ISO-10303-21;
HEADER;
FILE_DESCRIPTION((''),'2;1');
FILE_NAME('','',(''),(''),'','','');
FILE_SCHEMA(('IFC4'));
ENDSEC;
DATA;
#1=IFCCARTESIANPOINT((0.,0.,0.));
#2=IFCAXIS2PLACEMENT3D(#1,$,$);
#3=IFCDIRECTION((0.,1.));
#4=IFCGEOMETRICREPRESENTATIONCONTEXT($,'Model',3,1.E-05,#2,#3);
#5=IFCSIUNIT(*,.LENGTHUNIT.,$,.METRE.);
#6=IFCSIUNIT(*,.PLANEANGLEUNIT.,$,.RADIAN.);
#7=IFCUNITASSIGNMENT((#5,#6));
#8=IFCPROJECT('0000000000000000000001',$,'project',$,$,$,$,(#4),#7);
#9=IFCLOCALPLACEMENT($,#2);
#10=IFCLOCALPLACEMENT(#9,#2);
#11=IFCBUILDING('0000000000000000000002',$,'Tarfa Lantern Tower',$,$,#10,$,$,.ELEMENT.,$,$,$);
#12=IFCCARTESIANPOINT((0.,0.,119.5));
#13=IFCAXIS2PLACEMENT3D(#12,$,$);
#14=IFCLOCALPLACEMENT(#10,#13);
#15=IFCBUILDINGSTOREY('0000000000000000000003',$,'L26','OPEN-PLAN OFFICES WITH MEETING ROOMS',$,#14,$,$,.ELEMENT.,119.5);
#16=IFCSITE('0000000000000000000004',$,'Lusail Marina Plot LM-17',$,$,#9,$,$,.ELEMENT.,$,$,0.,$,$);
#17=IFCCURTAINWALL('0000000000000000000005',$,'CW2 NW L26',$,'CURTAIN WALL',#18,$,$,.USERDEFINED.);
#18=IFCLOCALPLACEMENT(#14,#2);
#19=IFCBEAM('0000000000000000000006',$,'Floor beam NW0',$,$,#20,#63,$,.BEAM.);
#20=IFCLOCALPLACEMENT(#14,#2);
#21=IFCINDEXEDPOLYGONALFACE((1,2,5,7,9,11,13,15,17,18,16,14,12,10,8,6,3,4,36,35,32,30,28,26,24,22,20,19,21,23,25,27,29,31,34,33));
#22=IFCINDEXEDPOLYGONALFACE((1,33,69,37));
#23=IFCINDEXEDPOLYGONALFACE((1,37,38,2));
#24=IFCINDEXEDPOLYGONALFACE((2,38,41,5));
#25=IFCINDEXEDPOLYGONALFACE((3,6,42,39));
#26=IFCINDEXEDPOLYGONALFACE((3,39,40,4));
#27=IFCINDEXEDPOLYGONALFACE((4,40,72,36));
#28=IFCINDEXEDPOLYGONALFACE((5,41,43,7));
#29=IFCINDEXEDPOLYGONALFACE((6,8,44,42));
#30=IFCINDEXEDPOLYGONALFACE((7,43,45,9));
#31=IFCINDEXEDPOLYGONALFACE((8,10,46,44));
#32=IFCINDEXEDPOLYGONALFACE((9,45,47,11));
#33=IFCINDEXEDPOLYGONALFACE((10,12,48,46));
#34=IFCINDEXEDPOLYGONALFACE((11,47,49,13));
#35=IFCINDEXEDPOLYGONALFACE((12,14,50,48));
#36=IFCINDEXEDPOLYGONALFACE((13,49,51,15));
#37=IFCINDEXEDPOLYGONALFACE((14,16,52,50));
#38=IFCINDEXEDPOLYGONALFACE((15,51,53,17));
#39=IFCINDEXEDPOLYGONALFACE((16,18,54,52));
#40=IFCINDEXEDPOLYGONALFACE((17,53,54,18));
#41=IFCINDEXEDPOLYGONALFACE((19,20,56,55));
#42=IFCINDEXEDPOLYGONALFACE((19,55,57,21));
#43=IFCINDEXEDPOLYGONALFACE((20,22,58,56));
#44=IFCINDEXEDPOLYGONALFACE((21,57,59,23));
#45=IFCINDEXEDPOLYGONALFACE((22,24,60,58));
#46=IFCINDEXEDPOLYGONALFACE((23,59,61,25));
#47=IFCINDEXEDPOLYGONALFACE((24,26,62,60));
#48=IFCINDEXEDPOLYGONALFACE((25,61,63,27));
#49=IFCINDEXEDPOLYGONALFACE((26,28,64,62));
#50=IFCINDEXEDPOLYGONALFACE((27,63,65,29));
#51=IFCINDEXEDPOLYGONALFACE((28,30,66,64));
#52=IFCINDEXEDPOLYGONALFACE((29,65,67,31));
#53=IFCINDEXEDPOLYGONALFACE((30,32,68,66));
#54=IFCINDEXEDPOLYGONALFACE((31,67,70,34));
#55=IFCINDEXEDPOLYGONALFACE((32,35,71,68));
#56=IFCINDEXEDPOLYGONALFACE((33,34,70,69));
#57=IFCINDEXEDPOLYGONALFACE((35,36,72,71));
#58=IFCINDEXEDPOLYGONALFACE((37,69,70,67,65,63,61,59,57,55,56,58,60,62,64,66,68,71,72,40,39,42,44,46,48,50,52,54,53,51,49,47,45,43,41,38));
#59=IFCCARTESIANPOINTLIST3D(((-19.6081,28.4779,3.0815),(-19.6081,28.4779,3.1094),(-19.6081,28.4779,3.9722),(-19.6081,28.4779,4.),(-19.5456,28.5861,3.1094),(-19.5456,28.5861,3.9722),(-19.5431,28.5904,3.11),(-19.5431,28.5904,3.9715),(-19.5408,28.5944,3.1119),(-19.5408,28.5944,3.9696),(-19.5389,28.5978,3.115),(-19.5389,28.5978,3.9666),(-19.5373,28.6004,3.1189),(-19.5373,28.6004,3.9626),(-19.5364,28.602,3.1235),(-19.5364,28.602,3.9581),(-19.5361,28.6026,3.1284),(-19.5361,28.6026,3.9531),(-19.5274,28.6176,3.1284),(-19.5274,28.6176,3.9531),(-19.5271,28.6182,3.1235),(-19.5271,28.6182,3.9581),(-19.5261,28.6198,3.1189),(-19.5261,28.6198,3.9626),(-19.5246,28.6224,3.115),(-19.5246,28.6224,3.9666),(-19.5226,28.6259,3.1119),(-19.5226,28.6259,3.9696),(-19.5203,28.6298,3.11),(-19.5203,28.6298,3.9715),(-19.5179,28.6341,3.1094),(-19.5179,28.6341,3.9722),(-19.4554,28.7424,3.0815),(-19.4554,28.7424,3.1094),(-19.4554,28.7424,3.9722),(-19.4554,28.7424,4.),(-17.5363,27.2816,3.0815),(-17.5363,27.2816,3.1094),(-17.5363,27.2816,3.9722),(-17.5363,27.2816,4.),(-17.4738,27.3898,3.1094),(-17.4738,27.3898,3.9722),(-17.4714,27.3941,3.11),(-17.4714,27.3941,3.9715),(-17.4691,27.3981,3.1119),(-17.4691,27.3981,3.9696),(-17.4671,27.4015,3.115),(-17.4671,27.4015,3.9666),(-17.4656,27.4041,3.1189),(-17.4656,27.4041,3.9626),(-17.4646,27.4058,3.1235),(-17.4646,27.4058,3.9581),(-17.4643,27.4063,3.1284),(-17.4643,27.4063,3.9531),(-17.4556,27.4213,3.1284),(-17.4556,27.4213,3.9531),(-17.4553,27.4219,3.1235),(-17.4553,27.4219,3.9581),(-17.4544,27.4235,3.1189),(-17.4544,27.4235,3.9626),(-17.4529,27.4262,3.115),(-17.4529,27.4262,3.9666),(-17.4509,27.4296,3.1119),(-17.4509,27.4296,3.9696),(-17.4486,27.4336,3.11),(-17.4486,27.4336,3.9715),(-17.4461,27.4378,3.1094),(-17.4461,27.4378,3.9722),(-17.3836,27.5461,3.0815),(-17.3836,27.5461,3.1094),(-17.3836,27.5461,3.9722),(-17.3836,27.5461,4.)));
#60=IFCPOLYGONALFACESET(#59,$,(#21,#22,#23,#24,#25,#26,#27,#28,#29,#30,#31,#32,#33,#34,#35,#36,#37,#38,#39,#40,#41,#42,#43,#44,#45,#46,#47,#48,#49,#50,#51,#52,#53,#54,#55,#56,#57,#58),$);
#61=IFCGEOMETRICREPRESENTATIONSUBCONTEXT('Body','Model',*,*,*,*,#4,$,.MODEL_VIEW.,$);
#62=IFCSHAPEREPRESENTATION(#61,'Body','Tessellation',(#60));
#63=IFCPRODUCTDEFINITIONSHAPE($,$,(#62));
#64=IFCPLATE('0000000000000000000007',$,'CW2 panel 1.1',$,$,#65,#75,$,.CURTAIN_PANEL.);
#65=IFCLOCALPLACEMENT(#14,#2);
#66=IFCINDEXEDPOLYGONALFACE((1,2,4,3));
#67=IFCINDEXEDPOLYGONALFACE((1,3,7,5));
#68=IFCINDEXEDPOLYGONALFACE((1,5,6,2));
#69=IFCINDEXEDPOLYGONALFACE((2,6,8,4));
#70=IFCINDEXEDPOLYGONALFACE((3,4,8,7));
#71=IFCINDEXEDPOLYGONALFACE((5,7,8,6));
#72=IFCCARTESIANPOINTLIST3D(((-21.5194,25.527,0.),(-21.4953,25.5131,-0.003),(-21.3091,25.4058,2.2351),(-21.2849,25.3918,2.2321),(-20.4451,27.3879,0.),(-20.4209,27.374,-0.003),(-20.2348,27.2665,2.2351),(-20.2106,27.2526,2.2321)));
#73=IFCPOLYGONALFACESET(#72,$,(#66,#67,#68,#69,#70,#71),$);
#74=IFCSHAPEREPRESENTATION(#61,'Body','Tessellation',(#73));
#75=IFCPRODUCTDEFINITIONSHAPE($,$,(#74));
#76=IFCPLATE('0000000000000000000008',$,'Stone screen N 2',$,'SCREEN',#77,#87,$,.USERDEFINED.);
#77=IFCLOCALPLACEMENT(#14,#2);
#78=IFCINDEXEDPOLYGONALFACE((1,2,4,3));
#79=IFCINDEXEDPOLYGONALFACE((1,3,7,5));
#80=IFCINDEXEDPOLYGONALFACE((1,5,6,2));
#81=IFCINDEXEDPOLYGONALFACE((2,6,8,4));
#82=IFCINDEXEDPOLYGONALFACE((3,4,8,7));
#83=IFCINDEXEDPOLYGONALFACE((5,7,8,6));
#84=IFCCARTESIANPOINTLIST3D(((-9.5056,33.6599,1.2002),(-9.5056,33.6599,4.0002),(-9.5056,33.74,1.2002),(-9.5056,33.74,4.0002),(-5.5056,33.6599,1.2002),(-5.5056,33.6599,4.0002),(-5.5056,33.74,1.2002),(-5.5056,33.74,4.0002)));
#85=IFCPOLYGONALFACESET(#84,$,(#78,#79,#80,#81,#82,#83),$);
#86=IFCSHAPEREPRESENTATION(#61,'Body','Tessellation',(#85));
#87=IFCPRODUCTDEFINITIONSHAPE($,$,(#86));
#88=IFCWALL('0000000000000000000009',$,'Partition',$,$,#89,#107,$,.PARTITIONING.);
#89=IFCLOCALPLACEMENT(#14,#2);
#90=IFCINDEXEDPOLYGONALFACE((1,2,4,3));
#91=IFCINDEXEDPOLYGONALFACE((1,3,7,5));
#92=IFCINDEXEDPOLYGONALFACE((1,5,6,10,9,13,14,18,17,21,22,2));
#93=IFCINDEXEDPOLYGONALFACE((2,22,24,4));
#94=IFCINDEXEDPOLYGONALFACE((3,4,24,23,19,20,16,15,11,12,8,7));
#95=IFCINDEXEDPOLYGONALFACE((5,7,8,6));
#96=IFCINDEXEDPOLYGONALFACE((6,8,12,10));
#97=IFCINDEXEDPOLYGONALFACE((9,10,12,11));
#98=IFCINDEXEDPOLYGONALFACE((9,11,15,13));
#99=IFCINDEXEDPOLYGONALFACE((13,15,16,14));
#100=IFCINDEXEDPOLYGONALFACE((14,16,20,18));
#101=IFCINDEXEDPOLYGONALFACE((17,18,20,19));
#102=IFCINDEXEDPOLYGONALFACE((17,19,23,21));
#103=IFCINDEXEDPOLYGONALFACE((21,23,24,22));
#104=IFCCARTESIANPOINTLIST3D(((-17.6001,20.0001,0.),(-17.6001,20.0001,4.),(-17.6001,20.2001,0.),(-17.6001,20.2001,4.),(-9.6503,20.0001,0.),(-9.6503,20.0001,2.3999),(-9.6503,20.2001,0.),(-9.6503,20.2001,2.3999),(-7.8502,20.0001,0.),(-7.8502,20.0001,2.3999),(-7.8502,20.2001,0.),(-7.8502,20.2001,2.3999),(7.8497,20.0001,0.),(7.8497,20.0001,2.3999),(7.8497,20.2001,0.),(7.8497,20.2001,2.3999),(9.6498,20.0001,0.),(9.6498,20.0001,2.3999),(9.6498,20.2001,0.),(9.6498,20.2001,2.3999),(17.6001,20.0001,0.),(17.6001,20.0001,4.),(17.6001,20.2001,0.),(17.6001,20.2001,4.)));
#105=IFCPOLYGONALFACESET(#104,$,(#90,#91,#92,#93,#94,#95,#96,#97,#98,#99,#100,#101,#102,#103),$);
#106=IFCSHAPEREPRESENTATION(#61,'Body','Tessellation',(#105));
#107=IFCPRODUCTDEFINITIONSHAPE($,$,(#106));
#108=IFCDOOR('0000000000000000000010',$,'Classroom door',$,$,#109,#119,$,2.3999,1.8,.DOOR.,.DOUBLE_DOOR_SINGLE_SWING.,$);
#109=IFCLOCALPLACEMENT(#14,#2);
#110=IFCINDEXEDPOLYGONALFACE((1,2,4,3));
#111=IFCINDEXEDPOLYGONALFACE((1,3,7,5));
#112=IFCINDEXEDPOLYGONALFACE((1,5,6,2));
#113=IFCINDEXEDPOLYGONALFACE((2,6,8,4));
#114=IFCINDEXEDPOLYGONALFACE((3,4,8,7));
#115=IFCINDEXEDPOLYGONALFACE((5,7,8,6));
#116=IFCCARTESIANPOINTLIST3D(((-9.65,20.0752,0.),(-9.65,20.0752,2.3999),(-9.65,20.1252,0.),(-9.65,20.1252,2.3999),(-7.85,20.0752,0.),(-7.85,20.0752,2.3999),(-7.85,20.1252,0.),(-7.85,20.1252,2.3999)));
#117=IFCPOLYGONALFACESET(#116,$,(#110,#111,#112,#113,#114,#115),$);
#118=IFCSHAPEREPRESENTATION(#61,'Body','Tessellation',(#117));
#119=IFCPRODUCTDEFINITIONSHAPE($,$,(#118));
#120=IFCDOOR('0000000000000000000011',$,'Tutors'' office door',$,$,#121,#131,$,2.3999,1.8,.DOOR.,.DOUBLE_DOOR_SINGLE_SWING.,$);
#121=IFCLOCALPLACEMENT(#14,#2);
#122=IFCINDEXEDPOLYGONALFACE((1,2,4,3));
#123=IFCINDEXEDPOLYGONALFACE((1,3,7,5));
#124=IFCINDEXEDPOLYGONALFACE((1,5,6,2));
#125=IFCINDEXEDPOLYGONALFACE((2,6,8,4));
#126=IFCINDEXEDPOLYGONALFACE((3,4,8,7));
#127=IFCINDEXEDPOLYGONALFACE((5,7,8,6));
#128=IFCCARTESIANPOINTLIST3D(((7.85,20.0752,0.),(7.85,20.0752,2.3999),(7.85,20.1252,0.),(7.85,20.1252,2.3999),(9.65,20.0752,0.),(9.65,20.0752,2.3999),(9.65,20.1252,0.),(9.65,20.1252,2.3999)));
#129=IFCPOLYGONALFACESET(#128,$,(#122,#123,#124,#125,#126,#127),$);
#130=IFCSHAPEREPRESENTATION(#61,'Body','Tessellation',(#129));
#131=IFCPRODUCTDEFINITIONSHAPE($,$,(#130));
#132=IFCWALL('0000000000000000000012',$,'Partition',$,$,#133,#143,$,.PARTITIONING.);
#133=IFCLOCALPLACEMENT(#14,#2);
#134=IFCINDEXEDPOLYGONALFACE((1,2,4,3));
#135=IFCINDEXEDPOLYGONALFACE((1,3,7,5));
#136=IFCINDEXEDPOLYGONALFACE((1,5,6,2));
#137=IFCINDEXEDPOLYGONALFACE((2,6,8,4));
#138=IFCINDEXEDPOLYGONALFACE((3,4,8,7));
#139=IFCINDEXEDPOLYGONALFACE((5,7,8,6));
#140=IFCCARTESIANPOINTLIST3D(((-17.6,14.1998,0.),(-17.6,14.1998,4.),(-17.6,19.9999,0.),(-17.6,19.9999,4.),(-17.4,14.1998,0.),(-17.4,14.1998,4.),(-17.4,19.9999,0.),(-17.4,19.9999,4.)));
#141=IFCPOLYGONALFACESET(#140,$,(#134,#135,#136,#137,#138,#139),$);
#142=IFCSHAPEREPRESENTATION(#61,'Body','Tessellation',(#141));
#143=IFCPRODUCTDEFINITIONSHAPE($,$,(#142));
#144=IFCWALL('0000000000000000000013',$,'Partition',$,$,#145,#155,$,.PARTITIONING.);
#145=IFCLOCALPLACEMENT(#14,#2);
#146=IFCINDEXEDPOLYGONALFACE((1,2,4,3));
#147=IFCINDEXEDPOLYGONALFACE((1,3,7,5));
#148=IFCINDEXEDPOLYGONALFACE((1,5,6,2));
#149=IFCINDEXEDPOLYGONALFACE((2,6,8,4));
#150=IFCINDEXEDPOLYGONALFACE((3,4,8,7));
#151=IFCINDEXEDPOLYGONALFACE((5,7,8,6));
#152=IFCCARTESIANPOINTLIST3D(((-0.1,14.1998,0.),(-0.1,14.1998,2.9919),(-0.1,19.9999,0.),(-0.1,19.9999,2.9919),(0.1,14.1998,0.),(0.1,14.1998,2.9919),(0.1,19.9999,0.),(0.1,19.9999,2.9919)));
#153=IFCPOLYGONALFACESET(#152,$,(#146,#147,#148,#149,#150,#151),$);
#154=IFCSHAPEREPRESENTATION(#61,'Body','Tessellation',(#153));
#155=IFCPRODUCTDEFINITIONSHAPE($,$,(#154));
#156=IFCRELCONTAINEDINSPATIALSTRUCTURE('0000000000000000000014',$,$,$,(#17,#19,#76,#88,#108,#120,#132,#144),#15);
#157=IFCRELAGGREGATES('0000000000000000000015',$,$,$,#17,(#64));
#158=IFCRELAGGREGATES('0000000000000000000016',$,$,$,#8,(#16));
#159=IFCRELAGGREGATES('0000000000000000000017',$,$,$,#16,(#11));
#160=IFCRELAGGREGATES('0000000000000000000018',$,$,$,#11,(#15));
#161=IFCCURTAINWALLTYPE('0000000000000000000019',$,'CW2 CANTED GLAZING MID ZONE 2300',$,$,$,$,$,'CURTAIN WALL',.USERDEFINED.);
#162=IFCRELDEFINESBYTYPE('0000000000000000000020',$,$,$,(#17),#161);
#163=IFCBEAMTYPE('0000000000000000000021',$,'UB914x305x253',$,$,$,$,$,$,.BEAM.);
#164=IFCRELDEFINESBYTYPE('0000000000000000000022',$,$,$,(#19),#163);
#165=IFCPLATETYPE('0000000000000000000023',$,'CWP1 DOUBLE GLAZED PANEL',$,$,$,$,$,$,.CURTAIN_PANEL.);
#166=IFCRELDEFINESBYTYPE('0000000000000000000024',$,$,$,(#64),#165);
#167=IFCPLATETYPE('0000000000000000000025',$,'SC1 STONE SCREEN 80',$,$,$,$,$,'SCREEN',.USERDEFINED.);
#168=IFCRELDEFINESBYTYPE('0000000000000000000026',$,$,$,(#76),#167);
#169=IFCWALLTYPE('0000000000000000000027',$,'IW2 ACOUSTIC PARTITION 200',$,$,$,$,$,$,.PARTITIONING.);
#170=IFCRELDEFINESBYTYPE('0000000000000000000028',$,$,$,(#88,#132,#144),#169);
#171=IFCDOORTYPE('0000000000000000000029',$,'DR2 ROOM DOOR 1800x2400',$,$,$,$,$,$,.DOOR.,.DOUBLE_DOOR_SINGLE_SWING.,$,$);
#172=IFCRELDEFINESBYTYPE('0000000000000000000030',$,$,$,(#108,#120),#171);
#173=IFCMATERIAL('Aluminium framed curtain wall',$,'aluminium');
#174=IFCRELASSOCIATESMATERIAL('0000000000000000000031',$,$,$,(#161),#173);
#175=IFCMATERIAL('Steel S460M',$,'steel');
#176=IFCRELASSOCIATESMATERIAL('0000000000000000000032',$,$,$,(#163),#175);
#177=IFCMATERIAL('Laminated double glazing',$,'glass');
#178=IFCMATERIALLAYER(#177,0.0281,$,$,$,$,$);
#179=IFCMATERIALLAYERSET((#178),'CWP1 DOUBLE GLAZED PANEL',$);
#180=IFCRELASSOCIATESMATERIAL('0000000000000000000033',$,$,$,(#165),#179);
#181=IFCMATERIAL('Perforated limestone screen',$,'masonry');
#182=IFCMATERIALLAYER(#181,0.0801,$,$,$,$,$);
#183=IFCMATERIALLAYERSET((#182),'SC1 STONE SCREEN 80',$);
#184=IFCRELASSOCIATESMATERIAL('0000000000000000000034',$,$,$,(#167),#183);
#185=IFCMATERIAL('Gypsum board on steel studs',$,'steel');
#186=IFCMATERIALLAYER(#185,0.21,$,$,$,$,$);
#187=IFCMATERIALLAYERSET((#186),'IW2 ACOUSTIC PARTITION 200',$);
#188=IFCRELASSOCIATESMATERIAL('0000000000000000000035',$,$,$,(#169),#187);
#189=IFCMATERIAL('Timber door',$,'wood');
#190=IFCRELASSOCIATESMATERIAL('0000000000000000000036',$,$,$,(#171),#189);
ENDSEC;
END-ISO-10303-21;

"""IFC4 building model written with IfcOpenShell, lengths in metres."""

from ifc_helpers import new_model, si_unit, direction, frame, frame_2d, origin, origin_2d, place, context, subcontext, project, spatial, polyline, rectangle, i_section, outline, extrude, material, layer, layer_set, material_profile, profile_set, type_object, element, fill, aggregate, save


model = new_model("IFC4")

# Units and contexts
model_context = context("Model", 3, precision=1e-05, world=origin(), true_north=direction((0.0, 1.0)))
body_context = subcontext(model_context, "Body", "Model", "MODEL_VIEW")
ifc_project = project(units=[si_unit("LENGTHUNIT", "METRE"), si_unit("PLANEANGLEUNIT", "RADIAN")], contexts=[model_context])

# Site, building, storey
site_placement = place(None, origin())
site = spatial("IfcSite", under=ifc_project, at=site_placement, Name="Lusail Marina Plot LM-17", CompositionType="ELEMENT", RefElevation=0.0)
building_placement = place(site_placement, origin())
building = spatial("IfcBuilding", under=site, at=building_placement, Name="Tarfa Lantern Tower", CompositionType="ELEMENT")
storey_placement = place(building_placement, frame((0.0, 0.0, 119.5)))
storey = spatial("IfcBuildingStorey", under=building, at=storey_placement, Name="L26", Description="OPEN-PLAN OFFICES WITH MEETING ROOMS", CompositionType="ELEMENT", Elevation=119.5)

# Curtain wall
ifc_material_1 = material(Name="Aluminium framed curtain wall", Category="aluminium")
curtain_wall_type = type_object("IfcCurtainWallType", Name="CW2 CANTED GLAZING MID ZONE 2300", ElementType="CURTAIN WALL", PredefinedType="USERDEFINED", material=ifc_material_1)
curtain_wall_placement = place(storey_placement, origin())
curtain_wall = element("IfcCurtainWall", 1, at=curtain_wall_placement, inside=storey, type_object=curtain_wall_type, Name="CW2 NW L26", ObjectType="CURTAIN WALL", PredefinedType="USERDEFINED")

# Beam
ifc_material_2 = material(Name="Steel S460M", Category="steel")
ifc_material_profile_1 = material_profile(ifc_material_2, i_section(OverallWidth=0.3054, OverallDepth=0.9185, WebThickness=0.0173, FlangeThickness=0.0278, FilletRadius=0.019, at=origin_2d()), Name="UB914x305x253")
ifc_profile_set_1 = profile_set([ifc_material_profile_1], Name="Steel S460M")
beam_type_1 = type_object("IfcBeamType", Name="UB914x305x253", PredefinedType="BEAM", material=ifc_profile_set_1)
beam_1_placement = place(storey_placement, frame((-19.5317, 28.6101, 3.5408), z_axis=(0.865999, -0.500046, 0.0), x_axis=(0.500046, 0.865999, 0.0)))
element("IfcBeam", 2, at=beam_1_placement, inside=storey, type_object=beam_type_1, Name="Floor beam NW0", PredefinedType="BEAM", context=body_context, shape_type="SweptSolid", body=[
    extrude(i_section(OverallWidth=0.3054, OverallDepth=0.9185, WebThickness=0.0173, FlangeThickness=0.0278, FilletRadius=0.019, at=origin_2d()), origin(), (0.0, 0.0, 1.0), 2.3923),
])

# Plates
ifc_material_3 = material(Name="Laminated double glazing", Category="glass")
ifc_layer_1 = layer(ifc_material_3, 0.0281)
ifc_layer_set_1 = layer_set([ifc_layer_1], Name="CWP1 DOUBLE GLAZED PANEL")
plate_type_1 = type_object("IfcPlateType", Name="CWP1 DOUBLE GLAZED PANEL", PredefinedType="CURTAIN_PANEL", material=ifc_layer_set_1)
plate_1_placement = place(storey_placement, frame((-20.4451, 27.3879, 0.0), z_axis=(-0.860963, 0.49707, 0.108003), x_axis=(-0.499995, -0.866028, -0.000005)))
plate_1 = element("IfcPlate", 3, at=plate_1_placement, type_object=plate_type_1, Name="CW2 panel 1.1", PredefinedType="CURTAIN_PANEL", context=body_context, shape_type="SweptSolid", body=[
    extrude(outline(polyline([(0.0, 0.0), (2.1488, 0.0), (2.1486, 2.2483), (0.0, 2.2482), (0.0, 0.0)])), origin(), (0.0, 0.0, -1.0), 0.0281),
])
aggregate(curtain_wall, [plate_1])
ifc_material_4 = material(Name="Perforated limestone screen", Category="masonry")
ifc_layer_2 = layer(ifc_material_4, 0.0801)
ifc_layer_set_2 = layer_set([ifc_layer_2], Name="SC1 STONE SCREEN 80")
plate_type_2 = type_object("IfcPlateType", Name="SC1 STONE SCREEN 80", ElementType="SCREEN", PredefinedType="USERDEFINED", material=ifc_layer_set_2)
plate_2_placement = place(storey_placement, frame((-7.5056, 33.7, 1.2002), z_axis=(0.0, 0.0, 1.0), x_axis=(-1.0, 0.0, 0.0)))
element("IfcPlate", 4, at=plate_2_placement, inside=storey, type_object=plate_type_2, Name="Stone screen N 2", ObjectType="SCREEN", PredefinedType="USERDEFINED", context=body_context, shape_type="SweptSolid", body=[
    extrude(rectangle(XDim=4.0, YDim=0.0801, at=origin_2d()), origin(), (0.0, 0.0, 1.0), 2.8),
])

# Wall, openings, doors
ifc_material_5 = material(Name="Gypsum board on steel studs", Category="steel")
ifc_layer_3 = layer(ifc_material_5, 0.21)
ifc_layer_set_3 = layer_set([ifc_layer_3], Name="IW2 ACOUSTIC PARTITION 200")
wall_type = type_object("IfcWallType", Name="IW2 ACOUSTIC PARTITION 200", PredefinedType="PARTITIONING", material=ifc_layer_set_3)
wall_1_placement = place(storey_placement, frame((-17.6001, 20.1001, 0.0), z_axis=(0.0, 0.0, 1.0), x_axis=(1.0, 0.0, 0.0)))
wall_1 = element("IfcWall", 5, at=wall_1_placement, inside=storey, type_object=wall_type, Name="Partition", PredefinedType="PARTITIONING", context=body_context, shape_type="SweptSolid", body=[
    extrude(rectangle(XDim=35.2002, YDim=0.2, at=frame_2d((17.6001, 0.0))), origin(), (0.0, 0.0, 1.0), 4.0),
])
opening_1_placement = place(wall_1_placement, frame((7.95, 0.0, 0.0)))
opening_1 = element("IfcOpeningElement", 6, at=opening_1_placement, cuts=wall_1, PredefinedType="OPENING", context=body_context, shape_type="SweptSolid", body=[
    extrude(rectangle(XDim=1.8, YDim=2.3999, at=frame_2d((0.8999, 1.2))), frame((0.0, 0.1099, 0.0), z_axis=(0.0, -1.0, 0.0), x_axis=(1.0, 0.0, 0.0)), (0.0, 0.0, 1.0), 0.22),
])
opening_2_placement = place(wall_1_placement, frame((25.45, 0.0, 0.0)))
opening_2 = element("IfcOpeningElement", 7, at=opening_2_placement, cuts=wall_1, PredefinedType="OPENING", context=body_context, shape_type="SweptSolid", body=[
    extrude(rectangle(XDim=1.8, YDim=2.3999, at=frame_2d((0.8999, 1.2))), frame((0.0, 0.1099, 0.0), z_axis=(0.0, -1.0, 0.0), x_axis=(1.0, 0.0, 0.0)), (0.0, 0.0, 1.0), 0.22),
])
ifc_material_6 = material(Name="Timber door", Category="wood")
door_type = type_object("IfcDoorType", Name="DR2 ROOM DOOR 1800x2400", OperationType="DOUBLE_DOOR_SINGLE_SWING", PredefinedType="DOOR", material=ifc_material_6)
door_1_placement = place(opening_1_placement, frame((1.8, 0.0, 0.0), z_axis=(0.0, 0.0, 1.0), x_axis=(-1.0, 0.0, 0.0)))
door_1 = element("IfcDoor", 8, at=door_1_placement, inside=storey, type_object=door_type, Name="Classroom door", OperationType="DOUBLE_DOOR_SINGLE_SWING", OverallHeight=2.3999, OverallWidth=1.8, PredefinedType="DOOR", context=body_context, shape_type="SweptSolid", body=[
    extrude(rectangle(XDim=1.8, YDim=2.3999, at=frame_2d((0.8999, 1.2))), frame((0.0, 0.0249, 0.0), z_axis=(0.0, -1.0, 0.0), x_axis=(1.0, 0.0, 0.0)), (0.0, 0.0, 1.0), 0.05),
])
fill(opening_1, door_1)
door_2_placement = place(opening_2_placement, frame((1.8, 0.0, 0.0), z_axis=(0.0, 0.0, 1.0), x_axis=(-1.0, 0.0, 0.0)))
door_2 = element("IfcDoor", 9, at=door_2_placement, inside=storey, type_object=door_type, Name="Tutors' office door", OperationType="DOUBLE_DOOR_SINGLE_SWING", OverallHeight=2.3999, OverallWidth=1.8, PredefinedType="DOOR", context=body_context, shape_type="SweptSolid", body=[
    extrude(rectangle(XDim=1.8, YDim=2.3999, at=frame_2d((0.8999, 1.2))), frame((0.0, 0.0249, 0.0), z_axis=(0.0, -1.0, 0.0), x_axis=(1.0, 0.0, 0.0)), (0.0, 0.0, 1.0), 0.05),
])
fill(opening_2, door_2)

# Walls
wall_2_placement = place(storey_placement, frame((-17.5, 14.2, 0.0), z_axis=(0.0, 0.0, 1.0), x_axis=(0.0, 1.0, 0.0)))
element("IfcWall", 10, at=wall_2_placement, inside=storey, type_object=wall_type, Name="Partition", PredefinedType="PARTITIONING", context=body_context, shape_type="SweptSolid", body=[
    extrude(rectangle(XDim=5.8, YDim=0.2, at=frame_2d((2.8999, 0.0))), origin(), (0.0, 0.0, 1.0), 4.0),
])
wall_3_placement = place(storey_placement, frame((0.0, 14.2, 0.0), z_axis=(0.0, 0.0, 1.0), x_axis=(0.0, 1.0, 0.0)))
element("IfcWall", 11, at=wall_3_placement, inside=storey, type_object=wall_type, Name="Partition", PredefinedType="PARTITIONING", context=body_context, shape_type="SweptSolid", body=[
    extrude(rectangle(XDim=5.8, YDim=0.2, at=frame_2d((2.8999, 0.0))), origin(), (0.0, 0.0, 1.0), 2.9919),
])

save(model, "model.ifc")
